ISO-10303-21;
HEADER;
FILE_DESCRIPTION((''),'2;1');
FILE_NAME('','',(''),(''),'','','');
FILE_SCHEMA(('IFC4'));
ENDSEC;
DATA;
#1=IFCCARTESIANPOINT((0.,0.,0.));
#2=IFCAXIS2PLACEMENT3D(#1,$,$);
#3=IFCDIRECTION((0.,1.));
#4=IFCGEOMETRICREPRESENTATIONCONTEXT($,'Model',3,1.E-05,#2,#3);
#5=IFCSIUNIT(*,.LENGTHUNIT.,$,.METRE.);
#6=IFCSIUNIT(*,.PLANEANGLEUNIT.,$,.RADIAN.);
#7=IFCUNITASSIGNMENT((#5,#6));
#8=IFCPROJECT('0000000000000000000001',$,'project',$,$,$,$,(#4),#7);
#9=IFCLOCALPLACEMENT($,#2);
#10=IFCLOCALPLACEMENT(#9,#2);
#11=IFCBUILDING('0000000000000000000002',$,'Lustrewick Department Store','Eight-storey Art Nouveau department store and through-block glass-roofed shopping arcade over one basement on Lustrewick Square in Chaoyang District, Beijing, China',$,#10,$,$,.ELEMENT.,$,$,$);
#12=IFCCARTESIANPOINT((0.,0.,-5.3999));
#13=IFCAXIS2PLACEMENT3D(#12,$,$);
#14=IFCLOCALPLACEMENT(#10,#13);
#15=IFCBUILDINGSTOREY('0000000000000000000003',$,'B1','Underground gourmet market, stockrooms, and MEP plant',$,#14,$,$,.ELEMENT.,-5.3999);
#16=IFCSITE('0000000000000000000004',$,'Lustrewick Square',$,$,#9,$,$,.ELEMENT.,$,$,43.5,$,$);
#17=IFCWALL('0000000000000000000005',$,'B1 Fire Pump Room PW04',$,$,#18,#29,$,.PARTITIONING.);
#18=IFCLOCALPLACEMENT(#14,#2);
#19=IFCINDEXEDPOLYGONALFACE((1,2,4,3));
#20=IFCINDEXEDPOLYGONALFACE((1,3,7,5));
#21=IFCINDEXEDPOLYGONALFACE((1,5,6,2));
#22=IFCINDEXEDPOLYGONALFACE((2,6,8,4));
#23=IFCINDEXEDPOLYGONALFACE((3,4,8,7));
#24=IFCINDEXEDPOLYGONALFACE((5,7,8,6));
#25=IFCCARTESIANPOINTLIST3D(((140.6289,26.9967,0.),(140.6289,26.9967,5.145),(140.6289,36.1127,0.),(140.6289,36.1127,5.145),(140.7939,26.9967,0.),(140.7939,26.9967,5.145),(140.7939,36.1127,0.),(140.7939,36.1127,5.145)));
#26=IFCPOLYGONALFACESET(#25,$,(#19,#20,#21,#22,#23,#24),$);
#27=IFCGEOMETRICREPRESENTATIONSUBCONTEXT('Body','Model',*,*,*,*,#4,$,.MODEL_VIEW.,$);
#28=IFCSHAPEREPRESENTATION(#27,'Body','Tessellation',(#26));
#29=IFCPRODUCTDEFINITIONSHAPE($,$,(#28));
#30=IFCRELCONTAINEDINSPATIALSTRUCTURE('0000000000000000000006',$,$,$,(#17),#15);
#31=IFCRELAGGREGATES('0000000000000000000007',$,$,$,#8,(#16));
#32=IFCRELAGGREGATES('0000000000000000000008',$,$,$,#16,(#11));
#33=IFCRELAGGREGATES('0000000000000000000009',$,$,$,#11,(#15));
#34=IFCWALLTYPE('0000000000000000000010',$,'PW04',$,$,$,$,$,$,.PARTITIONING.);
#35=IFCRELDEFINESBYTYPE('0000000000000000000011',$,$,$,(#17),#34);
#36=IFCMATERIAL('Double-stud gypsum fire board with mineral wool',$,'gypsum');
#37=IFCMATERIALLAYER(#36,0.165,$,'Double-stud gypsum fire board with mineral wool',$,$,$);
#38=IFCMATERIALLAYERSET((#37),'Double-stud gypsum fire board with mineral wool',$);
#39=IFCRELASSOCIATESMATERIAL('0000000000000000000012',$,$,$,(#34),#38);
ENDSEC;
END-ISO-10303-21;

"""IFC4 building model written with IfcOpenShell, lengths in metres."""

from ifc_helpers import new_model, si_unit, direction, frame, frame_2d, origin, place, context, subcontext, project, spatial, rectangle, extrude, material, layer, layer_set, type_object, element, save


model = new_model("IFC4")

# Units and contexts
model_context = context("Model", 3, precision=1e-05, world=origin(), true_north=direction((0.0, 1.0)))
body_context = subcontext(model_context, "Body", "Model", "MODEL_VIEW")
ifc_project = project(units=[si_unit("LENGTHUNIT", "METRE"), si_unit("PLANEANGLEUNIT", "RADIAN")], contexts=[model_context])

# Site, building, storey
site_placement = place(None, origin())
site = spatial("IfcSite", under=ifc_project, at=site_placement, Name="Lustrewick Square", CompositionType="ELEMENT", RefElevation=43.5)
building_placement = place(site_placement, origin())
building = spatial("IfcBuilding", under=site, at=building_placement, Name="Lustrewick Department Store", Description="Eight-storey Art Nouveau department store and through-block glass-roofed shopping arcade over one basement on Lustrewick Square in Chaoyang District, Beijing, China", CompositionType="ELEMENT")
storey_placement = place(building_placement, frame((0.0, 0.0, -5.3999)))
storey = spatial("IfcBuildingStorey", under=building, at=storey_placement, Name="B1", Description="Underground gourmet market, stockrooms, and MEP plant", CompositionType="ELEMENT", Elevation=-5.3999)

# Wall
ifc_material_1 = material(Name="Double-stud gypsum fire board with mineral wool", Category="gypsum")
ifc_layer = layer(ifc_material_1, 0.165, Name="Double-stud gypsum fire board with mineral wool")
ifc_layer_set = layer_set([ifc_layer], Name="Double-stud gypsum fire board with mineral wool")
wall_type = type_object("IfcWallType", Name="PW04", PredefinedType="PARTITIONING", material=ifc_layer_set)
wall_1_placement = place(storey_placement, frame((140.7114, 26.9966, 0.0), z_axis=(0.0, 0.0, 1.0), x_axis=(0.0, 1.0, 0.0)))
element("IfcWall", 1, at=wall_1_placement, inside=storey, type_object=wall_type, Name="B1 Fire Pump Room PW04", PredefinedType="PARTITIONING", context=body_context, shape_type="SweptSolid", body=[
    extrude(rectangle(XDim=9.116, YDim=0.165, at=frame_2d((4.5581, 0.0))), origin(), (0.0, 0.0, 1.0), 5.145),
])

save(model, "model.ifc")
